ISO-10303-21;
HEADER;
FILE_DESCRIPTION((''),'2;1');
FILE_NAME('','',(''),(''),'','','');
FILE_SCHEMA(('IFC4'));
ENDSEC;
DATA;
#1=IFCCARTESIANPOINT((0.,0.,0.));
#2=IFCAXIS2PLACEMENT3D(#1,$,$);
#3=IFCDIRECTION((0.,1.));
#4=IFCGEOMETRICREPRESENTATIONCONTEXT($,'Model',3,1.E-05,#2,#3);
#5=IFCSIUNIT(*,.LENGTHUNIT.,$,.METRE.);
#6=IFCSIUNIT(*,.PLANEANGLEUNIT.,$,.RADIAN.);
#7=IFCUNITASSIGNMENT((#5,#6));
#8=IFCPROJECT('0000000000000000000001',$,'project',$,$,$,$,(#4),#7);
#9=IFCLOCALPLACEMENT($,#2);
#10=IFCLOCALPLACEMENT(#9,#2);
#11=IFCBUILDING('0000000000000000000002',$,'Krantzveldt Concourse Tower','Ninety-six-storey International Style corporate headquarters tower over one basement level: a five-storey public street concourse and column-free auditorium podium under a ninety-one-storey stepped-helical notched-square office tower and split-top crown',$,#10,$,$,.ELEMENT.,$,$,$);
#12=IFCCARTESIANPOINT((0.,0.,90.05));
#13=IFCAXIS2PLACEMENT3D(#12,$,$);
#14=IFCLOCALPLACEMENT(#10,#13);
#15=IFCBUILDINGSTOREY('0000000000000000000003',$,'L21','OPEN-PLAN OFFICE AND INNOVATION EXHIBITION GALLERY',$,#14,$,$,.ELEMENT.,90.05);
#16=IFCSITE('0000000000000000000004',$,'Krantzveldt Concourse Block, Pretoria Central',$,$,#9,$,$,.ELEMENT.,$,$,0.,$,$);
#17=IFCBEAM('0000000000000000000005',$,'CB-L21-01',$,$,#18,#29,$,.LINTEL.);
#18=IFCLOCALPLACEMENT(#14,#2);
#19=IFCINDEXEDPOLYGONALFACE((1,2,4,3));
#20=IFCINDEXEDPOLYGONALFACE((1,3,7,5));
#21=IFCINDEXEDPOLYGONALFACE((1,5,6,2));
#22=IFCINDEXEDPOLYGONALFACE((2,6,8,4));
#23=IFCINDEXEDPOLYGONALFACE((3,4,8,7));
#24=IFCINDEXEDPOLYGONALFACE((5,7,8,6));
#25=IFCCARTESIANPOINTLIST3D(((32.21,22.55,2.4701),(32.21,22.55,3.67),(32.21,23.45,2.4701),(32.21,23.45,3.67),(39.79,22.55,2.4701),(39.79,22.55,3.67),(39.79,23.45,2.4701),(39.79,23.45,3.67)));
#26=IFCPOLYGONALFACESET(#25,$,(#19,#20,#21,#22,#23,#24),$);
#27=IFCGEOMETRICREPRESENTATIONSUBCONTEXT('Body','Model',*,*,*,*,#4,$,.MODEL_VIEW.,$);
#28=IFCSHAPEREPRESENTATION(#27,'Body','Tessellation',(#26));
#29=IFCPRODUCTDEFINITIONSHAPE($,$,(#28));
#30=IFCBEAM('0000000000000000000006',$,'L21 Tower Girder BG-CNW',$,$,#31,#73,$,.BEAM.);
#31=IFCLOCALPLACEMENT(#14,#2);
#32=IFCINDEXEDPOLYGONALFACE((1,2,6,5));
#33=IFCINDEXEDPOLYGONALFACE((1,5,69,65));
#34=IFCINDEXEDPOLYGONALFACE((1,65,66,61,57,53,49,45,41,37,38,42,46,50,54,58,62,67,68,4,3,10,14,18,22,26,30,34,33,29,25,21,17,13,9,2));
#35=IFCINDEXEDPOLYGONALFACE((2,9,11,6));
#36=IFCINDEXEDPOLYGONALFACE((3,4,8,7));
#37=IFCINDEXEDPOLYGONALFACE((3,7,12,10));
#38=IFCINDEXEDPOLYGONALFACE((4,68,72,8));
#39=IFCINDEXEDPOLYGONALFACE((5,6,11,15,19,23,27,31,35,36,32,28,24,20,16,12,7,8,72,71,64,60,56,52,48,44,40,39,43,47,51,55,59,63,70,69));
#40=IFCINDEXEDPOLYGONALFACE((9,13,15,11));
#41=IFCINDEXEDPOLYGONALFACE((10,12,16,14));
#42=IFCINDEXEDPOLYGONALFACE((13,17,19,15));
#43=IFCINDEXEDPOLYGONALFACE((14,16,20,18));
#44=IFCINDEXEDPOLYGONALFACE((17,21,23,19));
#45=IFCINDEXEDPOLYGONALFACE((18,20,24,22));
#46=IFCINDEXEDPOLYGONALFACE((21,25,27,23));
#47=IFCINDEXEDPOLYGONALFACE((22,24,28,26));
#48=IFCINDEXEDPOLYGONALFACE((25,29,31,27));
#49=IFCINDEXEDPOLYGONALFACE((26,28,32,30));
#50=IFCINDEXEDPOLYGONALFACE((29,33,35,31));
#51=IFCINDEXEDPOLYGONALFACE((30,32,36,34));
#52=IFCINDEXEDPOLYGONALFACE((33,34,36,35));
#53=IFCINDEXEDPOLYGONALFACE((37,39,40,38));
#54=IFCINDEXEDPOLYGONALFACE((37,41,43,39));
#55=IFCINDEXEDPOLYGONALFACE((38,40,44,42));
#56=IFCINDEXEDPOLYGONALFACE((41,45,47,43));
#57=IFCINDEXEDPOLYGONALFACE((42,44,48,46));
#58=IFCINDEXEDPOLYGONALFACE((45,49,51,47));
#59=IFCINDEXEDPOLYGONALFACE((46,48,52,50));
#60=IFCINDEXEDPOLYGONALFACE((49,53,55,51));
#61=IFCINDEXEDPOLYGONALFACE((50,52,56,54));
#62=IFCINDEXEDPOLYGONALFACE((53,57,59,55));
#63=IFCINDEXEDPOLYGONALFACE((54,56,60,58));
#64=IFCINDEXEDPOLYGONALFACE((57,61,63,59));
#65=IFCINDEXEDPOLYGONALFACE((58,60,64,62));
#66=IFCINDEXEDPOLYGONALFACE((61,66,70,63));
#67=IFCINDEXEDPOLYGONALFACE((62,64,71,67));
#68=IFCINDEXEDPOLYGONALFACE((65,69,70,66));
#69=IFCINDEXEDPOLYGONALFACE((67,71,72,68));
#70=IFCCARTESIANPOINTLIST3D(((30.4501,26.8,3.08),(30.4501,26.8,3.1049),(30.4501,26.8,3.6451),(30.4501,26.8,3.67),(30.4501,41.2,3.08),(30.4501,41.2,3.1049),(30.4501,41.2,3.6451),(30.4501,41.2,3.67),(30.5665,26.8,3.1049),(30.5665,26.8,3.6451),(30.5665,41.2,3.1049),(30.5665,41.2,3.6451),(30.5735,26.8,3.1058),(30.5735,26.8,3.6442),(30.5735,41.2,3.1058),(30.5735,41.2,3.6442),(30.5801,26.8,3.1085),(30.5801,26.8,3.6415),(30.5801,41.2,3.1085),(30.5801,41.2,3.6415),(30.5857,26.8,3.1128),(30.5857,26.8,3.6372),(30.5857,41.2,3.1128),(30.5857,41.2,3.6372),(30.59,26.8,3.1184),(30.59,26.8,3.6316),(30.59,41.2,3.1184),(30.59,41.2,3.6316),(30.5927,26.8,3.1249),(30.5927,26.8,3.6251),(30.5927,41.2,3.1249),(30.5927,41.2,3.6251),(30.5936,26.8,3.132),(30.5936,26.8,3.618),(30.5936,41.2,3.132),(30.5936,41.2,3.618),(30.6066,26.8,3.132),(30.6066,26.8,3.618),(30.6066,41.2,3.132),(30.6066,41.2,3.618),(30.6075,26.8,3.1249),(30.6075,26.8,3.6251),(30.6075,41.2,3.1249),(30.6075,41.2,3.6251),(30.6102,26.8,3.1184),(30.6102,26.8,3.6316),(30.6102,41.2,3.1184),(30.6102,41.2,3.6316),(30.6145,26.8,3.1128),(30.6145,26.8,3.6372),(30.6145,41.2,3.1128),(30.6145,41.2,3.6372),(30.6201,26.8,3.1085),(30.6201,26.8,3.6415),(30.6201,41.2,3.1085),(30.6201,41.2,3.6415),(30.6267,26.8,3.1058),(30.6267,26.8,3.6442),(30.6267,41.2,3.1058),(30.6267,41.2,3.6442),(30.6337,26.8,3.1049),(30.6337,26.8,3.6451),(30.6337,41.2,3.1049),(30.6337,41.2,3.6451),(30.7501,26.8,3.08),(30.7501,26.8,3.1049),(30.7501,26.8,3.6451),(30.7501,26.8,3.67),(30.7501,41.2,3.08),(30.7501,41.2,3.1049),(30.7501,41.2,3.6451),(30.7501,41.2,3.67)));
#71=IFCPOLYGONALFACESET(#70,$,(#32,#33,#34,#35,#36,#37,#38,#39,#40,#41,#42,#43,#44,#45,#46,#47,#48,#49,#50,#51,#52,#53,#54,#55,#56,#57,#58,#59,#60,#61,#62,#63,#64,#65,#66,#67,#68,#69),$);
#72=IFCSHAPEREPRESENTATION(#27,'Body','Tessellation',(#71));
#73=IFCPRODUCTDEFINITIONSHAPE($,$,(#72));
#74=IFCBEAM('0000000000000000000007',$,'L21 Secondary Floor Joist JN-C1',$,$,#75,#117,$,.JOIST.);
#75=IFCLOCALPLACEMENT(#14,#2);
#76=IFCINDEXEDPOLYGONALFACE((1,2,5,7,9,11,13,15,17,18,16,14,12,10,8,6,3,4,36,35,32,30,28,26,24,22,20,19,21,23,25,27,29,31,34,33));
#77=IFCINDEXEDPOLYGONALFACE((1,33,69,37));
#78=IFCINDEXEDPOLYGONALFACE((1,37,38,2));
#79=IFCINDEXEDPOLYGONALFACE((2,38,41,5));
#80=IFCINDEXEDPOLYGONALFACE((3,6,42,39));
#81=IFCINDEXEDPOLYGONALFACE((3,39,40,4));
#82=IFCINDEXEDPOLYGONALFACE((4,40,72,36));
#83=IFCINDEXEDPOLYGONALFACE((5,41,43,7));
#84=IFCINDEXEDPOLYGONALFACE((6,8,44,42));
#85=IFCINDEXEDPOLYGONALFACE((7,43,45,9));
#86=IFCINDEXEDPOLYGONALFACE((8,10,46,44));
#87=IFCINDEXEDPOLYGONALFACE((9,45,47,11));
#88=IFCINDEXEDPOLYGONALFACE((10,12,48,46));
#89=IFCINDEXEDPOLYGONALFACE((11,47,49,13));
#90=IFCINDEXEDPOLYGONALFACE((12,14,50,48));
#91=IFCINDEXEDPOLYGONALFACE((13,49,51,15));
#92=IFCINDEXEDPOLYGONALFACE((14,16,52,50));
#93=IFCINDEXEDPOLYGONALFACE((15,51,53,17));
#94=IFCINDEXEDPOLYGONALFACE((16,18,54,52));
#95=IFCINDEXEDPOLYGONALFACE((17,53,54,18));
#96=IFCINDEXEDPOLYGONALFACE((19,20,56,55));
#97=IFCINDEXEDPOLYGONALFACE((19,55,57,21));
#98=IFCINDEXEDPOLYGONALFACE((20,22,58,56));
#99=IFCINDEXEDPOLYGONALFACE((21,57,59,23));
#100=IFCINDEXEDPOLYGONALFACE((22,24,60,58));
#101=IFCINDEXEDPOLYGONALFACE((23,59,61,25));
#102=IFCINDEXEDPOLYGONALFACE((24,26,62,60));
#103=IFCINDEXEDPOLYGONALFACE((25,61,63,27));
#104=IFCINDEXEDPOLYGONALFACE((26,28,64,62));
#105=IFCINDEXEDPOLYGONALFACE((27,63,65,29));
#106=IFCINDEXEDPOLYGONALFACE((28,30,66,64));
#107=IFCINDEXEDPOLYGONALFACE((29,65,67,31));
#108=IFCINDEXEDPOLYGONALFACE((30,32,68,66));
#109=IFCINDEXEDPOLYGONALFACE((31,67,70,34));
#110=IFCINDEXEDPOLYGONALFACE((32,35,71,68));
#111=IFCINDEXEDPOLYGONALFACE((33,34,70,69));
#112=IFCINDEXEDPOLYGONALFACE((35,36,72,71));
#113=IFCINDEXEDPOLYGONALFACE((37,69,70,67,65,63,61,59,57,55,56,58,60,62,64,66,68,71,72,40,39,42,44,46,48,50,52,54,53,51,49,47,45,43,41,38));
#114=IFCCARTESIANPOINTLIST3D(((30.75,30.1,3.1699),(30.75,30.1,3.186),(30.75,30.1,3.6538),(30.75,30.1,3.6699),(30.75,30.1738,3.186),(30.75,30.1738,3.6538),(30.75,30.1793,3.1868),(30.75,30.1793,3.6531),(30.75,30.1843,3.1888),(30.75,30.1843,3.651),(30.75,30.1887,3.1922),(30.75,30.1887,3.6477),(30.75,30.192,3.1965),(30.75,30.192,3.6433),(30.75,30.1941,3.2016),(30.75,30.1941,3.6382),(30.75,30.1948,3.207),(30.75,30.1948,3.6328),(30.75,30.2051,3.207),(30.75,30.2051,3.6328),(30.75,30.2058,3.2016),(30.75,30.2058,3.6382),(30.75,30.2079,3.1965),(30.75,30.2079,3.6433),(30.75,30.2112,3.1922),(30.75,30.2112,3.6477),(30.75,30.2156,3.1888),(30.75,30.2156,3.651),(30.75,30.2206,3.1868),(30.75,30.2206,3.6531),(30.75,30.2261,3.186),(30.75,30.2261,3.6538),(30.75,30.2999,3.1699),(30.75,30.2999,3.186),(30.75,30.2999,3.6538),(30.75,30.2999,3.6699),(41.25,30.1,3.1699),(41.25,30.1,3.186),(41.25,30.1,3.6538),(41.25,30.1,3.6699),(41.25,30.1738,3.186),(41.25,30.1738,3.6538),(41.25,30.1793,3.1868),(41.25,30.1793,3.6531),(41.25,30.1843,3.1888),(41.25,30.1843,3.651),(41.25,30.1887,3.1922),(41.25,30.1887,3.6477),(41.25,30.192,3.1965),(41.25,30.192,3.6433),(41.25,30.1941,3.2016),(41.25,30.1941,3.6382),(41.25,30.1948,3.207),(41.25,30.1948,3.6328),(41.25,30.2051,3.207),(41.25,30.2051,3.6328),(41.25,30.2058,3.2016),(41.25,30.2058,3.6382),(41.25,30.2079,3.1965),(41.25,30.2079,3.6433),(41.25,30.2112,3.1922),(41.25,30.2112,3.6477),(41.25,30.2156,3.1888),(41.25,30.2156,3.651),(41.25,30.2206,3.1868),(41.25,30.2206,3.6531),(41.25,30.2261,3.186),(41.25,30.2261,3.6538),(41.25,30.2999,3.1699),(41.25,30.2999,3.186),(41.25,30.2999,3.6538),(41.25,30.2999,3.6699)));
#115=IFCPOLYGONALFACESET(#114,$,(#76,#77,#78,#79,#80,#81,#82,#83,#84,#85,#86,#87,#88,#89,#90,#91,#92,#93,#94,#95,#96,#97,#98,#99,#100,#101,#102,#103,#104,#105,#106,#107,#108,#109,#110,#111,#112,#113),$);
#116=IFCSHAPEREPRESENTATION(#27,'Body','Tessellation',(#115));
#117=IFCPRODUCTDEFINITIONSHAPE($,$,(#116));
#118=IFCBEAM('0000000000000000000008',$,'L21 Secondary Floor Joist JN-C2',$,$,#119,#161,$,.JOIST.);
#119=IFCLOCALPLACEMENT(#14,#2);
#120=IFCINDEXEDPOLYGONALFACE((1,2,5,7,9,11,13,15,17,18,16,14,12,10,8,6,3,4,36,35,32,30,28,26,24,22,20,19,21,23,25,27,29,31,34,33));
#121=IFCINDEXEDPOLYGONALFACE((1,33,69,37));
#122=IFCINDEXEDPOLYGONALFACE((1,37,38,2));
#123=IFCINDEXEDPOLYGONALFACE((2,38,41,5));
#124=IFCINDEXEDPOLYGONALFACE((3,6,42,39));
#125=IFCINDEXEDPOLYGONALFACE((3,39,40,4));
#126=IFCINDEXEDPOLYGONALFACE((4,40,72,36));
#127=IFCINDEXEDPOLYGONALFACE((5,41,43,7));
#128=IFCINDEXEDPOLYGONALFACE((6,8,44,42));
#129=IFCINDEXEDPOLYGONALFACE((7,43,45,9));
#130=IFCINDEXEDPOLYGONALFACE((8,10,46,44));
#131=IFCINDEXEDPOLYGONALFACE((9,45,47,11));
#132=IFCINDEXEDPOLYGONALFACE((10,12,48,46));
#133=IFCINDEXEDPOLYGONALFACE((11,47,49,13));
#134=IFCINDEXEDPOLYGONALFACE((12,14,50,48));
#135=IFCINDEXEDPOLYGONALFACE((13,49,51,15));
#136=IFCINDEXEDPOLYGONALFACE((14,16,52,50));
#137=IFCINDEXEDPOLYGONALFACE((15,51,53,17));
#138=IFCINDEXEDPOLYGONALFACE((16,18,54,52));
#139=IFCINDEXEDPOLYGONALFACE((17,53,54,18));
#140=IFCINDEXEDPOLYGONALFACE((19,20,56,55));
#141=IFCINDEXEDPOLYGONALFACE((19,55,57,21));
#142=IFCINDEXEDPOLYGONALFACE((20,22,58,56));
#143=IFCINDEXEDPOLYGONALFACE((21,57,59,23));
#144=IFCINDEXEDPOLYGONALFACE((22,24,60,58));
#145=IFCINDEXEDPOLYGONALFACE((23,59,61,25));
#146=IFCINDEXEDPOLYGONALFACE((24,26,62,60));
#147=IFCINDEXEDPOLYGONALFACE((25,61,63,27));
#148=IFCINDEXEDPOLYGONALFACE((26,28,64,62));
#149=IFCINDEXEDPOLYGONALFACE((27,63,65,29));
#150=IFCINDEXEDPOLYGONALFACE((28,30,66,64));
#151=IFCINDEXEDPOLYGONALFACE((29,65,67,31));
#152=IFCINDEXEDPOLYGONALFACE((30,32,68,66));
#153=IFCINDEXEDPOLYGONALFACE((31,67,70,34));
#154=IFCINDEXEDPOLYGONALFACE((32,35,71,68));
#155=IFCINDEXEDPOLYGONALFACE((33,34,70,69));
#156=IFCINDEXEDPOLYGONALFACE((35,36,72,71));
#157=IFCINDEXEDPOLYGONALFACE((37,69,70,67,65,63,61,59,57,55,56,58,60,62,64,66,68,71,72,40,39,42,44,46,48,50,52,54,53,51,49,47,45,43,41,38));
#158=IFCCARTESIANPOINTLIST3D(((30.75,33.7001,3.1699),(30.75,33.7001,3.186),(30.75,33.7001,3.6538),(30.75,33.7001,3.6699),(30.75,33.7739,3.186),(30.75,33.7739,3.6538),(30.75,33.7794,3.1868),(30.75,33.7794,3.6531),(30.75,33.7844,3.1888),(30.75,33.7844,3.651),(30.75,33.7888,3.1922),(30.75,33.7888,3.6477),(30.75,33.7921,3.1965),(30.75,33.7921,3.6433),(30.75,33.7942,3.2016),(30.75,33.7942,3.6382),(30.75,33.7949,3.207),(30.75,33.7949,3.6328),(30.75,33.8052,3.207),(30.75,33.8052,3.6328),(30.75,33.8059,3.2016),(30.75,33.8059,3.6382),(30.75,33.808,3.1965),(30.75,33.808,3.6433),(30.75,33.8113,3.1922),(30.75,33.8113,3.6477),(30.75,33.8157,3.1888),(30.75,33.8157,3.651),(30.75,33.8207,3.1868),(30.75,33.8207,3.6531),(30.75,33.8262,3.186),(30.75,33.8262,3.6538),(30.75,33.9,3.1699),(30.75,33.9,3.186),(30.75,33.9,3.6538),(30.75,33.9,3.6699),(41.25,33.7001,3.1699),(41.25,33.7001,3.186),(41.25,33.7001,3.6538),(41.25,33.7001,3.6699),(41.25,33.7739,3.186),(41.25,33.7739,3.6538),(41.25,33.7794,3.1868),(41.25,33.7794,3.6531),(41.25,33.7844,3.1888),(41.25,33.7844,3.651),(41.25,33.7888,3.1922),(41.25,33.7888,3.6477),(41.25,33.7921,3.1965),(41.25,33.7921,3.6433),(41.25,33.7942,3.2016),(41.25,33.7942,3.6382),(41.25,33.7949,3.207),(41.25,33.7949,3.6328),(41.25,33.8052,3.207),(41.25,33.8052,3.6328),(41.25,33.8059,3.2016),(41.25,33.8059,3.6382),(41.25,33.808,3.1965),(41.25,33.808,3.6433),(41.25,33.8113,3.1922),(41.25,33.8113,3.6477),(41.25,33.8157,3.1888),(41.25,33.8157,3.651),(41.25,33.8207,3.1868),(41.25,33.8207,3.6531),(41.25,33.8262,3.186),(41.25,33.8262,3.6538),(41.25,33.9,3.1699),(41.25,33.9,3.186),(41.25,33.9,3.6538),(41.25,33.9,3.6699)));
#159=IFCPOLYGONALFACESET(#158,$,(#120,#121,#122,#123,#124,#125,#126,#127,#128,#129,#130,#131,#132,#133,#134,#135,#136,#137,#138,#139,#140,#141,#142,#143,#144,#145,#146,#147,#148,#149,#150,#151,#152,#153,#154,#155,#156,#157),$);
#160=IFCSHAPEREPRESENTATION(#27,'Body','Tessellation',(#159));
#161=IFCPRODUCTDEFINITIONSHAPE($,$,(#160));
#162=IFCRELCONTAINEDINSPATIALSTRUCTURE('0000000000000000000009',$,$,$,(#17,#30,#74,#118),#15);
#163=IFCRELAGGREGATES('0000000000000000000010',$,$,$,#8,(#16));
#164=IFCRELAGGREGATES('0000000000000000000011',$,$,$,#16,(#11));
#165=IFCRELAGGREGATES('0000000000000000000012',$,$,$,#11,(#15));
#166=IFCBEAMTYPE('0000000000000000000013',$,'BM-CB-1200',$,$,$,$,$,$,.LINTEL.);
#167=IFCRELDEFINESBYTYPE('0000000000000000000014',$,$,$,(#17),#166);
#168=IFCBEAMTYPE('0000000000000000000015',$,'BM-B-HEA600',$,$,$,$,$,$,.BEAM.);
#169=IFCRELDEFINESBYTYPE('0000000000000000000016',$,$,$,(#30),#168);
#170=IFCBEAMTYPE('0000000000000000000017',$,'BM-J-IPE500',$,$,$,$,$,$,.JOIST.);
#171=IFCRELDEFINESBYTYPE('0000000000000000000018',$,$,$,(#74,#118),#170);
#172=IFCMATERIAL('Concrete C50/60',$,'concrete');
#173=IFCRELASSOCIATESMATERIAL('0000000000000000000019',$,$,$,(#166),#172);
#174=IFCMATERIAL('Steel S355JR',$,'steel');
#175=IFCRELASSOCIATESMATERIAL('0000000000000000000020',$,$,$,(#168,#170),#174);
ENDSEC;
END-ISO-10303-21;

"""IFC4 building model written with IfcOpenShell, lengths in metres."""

from ifc_helpers import new_model, si_unit, direction, frame, origin, origin_2d, place, context, subcontext, project, spatial, rectangle, i_section, extrude, source, transform, mapped, material, material_profile, profile_set, type_object, type_shapes, element, save


model = new_model("IFC4")

# Units and contexts
model_context = context("Model", 3, precision=1e-05, world=origin(), true_north=direction((0.0, 1.0)))
body_context = subcontext(model_context, "Body", "Model", "MODEL_VIEW")
ifc_project = project(units=[si_unit("LENGTHUNIT", "METRE"), si_unit("PLANEANGLEUNIT", "RADIAN")], contexts=[model_context])

# Site, building, storey
site_placement = place(None, origin())
site = spatial("IfcSite", under=ifc_project, at=site_placement, Name="Krantzveldt Concourse Block, Pretoria Central", CompositionType="ELEMENT", RefElevation=0.0)
building_placement = place(site_placement, origin())
building = spatial("IfcBuilding", under=site, at=building_placement, Name="Krantzveldt Concourse Tower", Description="Ninety-six-storey International Style corporate headquarters tower over one basement level: a five-storey public street concourse and column-free auditorium podium under a ninety-one-storey stepped-helical notched-square office tower and split-top crown", CompositionType="ELEMENT")
storey_placement = place(building_placement, frame((0.0, 0.0, 90.05)))
storey = spatial("IfcBuildingStorey", under=building, at=storey_placement, Name="L21", Description="OPEN-PLAN OFFICE AND INNOVATION EXHIBITION GALLERY", CompositionType="ELEMENT", Elevation=90.05)

# Beams
ifc_material_1 = material(Name="Concrete C50/60", Category="concrete")
ifc_material_profile_1 = material_profile(ifc_material_1, rectangle(XDim=0.8999, YDim=1.2, at=origin_2d()), Name="Concrete C50/60", Category="concrete")
ifc_profile_set_1 = profile_set([ifc_material_profile_1], Name="Concrete C50/60 - RC-CB 900x1200")
beam_type_1 = type_object("IfcBeamType", Name="BM-CB-1200", PredefinedType="LINTEL", material=ifc_profile_set_1)
shared_shape_1 = source(origin(), body_context, "Body", "SweptSolid", [
    extrude(rectangle(XDim=0.8999, YDim=1.2, at=origin_2d()), origin(), (0.0, 0.0, 1.0), 7.5801),
])
type_shapes(beam_type_1, [shared_shape_1])
beam_1_placement = place(storey_placement, frame((32.21, 23.0, 3.0701), z_axis=(1.0, 0.0, 0.0), x_axis=(0.0, 1.0, 0.0)))
element("IfcBeam", 1, at=beam_1_placement, inside=storey, type_object=beam_type_1, Name="CB-L21-01", PredefinedType="LINTEL", context=body_context, shape_type="MappedRepresentation", body=[
    mapped(shared_shape_1, transform((0.0, 0.0, 0.0), x_axis=(1.0, 0.0, 0.0), y_axis=(0.0, 1.0, 0.0), z_axis=(0.0, 0.0, 1.0), scale=1.0)),
])
ifc_material_2 = material(Name="Steel S355JR", Category="steel")
ifc_material_profile_2 = material_profile(ifc_material_2, i_section(OverallWidth=0.3, OverallDepth=0.5901, WebThickness=0.0129, FlangeThickness=0.0249, FilletRadius=0.0271, at=origin_2d()), Name="Steel S355JR", Category="steel")
ifc_profile_set_2 = profile_set([ifc_material_profile_2], Name="Steel S355JR - HEA 600")
beam_type_2 = type_object("IfcBeamType", Name="BM-B-HEA600", PredefinedType="BEAM", material=ifc_profile_set_2)
shared_shape_2 = source(origin(), body_context, "Body", "SweptSolid", [
    extrude(i_section(OverallWidth=0.3, OverallDepth=0.5901, WebThickness=0.0129, FlangeThickness=0.0249, FilletRadius=0.0271, at=origin_2d()), origin(), (0.0, 0.0, 1.0), 14.3999),
])
type_shapes(beam_type_2, [shared_shape_2])
beam_2_placement = place(storey_placement, frame((30.6001, 26.8, 3.375), z_axis=(0.0, 1.0, 0.0), x_axis=(-1.0, 0.0, 0.0)))
element("IfcBeam", 2, at=beam_2_placement, inside=storey, type_object=beam_type_2, Name="L21 Tower Girder BG-CNW", PredefinedType="BEAM", context=body_context, shape_type="MappedRepresentation", body=[
    mapped(shared_shape_2, transform((0.0, 0.0, 0.0), x_axis=(1.0, 0.0, 0.0), y_axis=(0.0, 1.0, 0.0), z_axis=(0.0, 0.0, 1.0), scale=1.0)),
])
ifc_material_profile_3 = material_profile(ifc_material_2, i_section(OverallWidth=0.2, OverallDepth=0.5, WebThickness=0.0103, FlangeThickness=0.0161, FilletRadius=0.021, at=origin_2d()), Name="Steel S355JR", Category="steel")
ifc_profile_set_3 = profile_set([ifc_material_profile_3], Name="Steel S355JR - IPE 500")
beam_type_3 = type_object("IfcBeamType", Name="BM-J-IPE500", PredefinedType="JOIST", material=ifc_profile_set_3)
shared_shape_3 = source(origin(), body_context, "Body", "SweptSolid", [
    extrude(i_section(OverallWidth=0.2, OverallDepth=0.5, WebThickness=0.0103, FlangeThickness=0.0161, FilletRadius=0.021, at=origin_2d()), origin(), (0.0, 0.0, 1.0), 10.5),
])
for number, where, z_axis, x_axis, name in (
    (3, (30.75, 30.2, 3.4199), (1.0, 0.0, 0.0), (0.0, 1.0, 0.0), "L21 Secondary Floor Joist JN-C1"),
    (4, (30.75, 33.8, 3.4199), (1.0, 0.0, 0.0), (0.0, 1.0, 0.0), "L21 Secondary Floor Joist JN-C2"),
):
    element("IfcBeam", number, at=place(storey_placement, frame(where, z_axis=z_axis, x_axis=x_axis)), inside=storey, type_object=beam_type_3, Name=name, PredefinedType="JOIST", context=body_context, shape_type="MappedRepresentation", body=[
        mapped(shared_shape_3, transform((0.0, 0.0, 0.0), x_axis=(1.0, 0.0, 0.0), y_axis=(0.0, 1.0, 0.0), z_axis=(0.0, 0.0, 1.0), scale=1.0)),
    ])

save(model, "model.ifc")
